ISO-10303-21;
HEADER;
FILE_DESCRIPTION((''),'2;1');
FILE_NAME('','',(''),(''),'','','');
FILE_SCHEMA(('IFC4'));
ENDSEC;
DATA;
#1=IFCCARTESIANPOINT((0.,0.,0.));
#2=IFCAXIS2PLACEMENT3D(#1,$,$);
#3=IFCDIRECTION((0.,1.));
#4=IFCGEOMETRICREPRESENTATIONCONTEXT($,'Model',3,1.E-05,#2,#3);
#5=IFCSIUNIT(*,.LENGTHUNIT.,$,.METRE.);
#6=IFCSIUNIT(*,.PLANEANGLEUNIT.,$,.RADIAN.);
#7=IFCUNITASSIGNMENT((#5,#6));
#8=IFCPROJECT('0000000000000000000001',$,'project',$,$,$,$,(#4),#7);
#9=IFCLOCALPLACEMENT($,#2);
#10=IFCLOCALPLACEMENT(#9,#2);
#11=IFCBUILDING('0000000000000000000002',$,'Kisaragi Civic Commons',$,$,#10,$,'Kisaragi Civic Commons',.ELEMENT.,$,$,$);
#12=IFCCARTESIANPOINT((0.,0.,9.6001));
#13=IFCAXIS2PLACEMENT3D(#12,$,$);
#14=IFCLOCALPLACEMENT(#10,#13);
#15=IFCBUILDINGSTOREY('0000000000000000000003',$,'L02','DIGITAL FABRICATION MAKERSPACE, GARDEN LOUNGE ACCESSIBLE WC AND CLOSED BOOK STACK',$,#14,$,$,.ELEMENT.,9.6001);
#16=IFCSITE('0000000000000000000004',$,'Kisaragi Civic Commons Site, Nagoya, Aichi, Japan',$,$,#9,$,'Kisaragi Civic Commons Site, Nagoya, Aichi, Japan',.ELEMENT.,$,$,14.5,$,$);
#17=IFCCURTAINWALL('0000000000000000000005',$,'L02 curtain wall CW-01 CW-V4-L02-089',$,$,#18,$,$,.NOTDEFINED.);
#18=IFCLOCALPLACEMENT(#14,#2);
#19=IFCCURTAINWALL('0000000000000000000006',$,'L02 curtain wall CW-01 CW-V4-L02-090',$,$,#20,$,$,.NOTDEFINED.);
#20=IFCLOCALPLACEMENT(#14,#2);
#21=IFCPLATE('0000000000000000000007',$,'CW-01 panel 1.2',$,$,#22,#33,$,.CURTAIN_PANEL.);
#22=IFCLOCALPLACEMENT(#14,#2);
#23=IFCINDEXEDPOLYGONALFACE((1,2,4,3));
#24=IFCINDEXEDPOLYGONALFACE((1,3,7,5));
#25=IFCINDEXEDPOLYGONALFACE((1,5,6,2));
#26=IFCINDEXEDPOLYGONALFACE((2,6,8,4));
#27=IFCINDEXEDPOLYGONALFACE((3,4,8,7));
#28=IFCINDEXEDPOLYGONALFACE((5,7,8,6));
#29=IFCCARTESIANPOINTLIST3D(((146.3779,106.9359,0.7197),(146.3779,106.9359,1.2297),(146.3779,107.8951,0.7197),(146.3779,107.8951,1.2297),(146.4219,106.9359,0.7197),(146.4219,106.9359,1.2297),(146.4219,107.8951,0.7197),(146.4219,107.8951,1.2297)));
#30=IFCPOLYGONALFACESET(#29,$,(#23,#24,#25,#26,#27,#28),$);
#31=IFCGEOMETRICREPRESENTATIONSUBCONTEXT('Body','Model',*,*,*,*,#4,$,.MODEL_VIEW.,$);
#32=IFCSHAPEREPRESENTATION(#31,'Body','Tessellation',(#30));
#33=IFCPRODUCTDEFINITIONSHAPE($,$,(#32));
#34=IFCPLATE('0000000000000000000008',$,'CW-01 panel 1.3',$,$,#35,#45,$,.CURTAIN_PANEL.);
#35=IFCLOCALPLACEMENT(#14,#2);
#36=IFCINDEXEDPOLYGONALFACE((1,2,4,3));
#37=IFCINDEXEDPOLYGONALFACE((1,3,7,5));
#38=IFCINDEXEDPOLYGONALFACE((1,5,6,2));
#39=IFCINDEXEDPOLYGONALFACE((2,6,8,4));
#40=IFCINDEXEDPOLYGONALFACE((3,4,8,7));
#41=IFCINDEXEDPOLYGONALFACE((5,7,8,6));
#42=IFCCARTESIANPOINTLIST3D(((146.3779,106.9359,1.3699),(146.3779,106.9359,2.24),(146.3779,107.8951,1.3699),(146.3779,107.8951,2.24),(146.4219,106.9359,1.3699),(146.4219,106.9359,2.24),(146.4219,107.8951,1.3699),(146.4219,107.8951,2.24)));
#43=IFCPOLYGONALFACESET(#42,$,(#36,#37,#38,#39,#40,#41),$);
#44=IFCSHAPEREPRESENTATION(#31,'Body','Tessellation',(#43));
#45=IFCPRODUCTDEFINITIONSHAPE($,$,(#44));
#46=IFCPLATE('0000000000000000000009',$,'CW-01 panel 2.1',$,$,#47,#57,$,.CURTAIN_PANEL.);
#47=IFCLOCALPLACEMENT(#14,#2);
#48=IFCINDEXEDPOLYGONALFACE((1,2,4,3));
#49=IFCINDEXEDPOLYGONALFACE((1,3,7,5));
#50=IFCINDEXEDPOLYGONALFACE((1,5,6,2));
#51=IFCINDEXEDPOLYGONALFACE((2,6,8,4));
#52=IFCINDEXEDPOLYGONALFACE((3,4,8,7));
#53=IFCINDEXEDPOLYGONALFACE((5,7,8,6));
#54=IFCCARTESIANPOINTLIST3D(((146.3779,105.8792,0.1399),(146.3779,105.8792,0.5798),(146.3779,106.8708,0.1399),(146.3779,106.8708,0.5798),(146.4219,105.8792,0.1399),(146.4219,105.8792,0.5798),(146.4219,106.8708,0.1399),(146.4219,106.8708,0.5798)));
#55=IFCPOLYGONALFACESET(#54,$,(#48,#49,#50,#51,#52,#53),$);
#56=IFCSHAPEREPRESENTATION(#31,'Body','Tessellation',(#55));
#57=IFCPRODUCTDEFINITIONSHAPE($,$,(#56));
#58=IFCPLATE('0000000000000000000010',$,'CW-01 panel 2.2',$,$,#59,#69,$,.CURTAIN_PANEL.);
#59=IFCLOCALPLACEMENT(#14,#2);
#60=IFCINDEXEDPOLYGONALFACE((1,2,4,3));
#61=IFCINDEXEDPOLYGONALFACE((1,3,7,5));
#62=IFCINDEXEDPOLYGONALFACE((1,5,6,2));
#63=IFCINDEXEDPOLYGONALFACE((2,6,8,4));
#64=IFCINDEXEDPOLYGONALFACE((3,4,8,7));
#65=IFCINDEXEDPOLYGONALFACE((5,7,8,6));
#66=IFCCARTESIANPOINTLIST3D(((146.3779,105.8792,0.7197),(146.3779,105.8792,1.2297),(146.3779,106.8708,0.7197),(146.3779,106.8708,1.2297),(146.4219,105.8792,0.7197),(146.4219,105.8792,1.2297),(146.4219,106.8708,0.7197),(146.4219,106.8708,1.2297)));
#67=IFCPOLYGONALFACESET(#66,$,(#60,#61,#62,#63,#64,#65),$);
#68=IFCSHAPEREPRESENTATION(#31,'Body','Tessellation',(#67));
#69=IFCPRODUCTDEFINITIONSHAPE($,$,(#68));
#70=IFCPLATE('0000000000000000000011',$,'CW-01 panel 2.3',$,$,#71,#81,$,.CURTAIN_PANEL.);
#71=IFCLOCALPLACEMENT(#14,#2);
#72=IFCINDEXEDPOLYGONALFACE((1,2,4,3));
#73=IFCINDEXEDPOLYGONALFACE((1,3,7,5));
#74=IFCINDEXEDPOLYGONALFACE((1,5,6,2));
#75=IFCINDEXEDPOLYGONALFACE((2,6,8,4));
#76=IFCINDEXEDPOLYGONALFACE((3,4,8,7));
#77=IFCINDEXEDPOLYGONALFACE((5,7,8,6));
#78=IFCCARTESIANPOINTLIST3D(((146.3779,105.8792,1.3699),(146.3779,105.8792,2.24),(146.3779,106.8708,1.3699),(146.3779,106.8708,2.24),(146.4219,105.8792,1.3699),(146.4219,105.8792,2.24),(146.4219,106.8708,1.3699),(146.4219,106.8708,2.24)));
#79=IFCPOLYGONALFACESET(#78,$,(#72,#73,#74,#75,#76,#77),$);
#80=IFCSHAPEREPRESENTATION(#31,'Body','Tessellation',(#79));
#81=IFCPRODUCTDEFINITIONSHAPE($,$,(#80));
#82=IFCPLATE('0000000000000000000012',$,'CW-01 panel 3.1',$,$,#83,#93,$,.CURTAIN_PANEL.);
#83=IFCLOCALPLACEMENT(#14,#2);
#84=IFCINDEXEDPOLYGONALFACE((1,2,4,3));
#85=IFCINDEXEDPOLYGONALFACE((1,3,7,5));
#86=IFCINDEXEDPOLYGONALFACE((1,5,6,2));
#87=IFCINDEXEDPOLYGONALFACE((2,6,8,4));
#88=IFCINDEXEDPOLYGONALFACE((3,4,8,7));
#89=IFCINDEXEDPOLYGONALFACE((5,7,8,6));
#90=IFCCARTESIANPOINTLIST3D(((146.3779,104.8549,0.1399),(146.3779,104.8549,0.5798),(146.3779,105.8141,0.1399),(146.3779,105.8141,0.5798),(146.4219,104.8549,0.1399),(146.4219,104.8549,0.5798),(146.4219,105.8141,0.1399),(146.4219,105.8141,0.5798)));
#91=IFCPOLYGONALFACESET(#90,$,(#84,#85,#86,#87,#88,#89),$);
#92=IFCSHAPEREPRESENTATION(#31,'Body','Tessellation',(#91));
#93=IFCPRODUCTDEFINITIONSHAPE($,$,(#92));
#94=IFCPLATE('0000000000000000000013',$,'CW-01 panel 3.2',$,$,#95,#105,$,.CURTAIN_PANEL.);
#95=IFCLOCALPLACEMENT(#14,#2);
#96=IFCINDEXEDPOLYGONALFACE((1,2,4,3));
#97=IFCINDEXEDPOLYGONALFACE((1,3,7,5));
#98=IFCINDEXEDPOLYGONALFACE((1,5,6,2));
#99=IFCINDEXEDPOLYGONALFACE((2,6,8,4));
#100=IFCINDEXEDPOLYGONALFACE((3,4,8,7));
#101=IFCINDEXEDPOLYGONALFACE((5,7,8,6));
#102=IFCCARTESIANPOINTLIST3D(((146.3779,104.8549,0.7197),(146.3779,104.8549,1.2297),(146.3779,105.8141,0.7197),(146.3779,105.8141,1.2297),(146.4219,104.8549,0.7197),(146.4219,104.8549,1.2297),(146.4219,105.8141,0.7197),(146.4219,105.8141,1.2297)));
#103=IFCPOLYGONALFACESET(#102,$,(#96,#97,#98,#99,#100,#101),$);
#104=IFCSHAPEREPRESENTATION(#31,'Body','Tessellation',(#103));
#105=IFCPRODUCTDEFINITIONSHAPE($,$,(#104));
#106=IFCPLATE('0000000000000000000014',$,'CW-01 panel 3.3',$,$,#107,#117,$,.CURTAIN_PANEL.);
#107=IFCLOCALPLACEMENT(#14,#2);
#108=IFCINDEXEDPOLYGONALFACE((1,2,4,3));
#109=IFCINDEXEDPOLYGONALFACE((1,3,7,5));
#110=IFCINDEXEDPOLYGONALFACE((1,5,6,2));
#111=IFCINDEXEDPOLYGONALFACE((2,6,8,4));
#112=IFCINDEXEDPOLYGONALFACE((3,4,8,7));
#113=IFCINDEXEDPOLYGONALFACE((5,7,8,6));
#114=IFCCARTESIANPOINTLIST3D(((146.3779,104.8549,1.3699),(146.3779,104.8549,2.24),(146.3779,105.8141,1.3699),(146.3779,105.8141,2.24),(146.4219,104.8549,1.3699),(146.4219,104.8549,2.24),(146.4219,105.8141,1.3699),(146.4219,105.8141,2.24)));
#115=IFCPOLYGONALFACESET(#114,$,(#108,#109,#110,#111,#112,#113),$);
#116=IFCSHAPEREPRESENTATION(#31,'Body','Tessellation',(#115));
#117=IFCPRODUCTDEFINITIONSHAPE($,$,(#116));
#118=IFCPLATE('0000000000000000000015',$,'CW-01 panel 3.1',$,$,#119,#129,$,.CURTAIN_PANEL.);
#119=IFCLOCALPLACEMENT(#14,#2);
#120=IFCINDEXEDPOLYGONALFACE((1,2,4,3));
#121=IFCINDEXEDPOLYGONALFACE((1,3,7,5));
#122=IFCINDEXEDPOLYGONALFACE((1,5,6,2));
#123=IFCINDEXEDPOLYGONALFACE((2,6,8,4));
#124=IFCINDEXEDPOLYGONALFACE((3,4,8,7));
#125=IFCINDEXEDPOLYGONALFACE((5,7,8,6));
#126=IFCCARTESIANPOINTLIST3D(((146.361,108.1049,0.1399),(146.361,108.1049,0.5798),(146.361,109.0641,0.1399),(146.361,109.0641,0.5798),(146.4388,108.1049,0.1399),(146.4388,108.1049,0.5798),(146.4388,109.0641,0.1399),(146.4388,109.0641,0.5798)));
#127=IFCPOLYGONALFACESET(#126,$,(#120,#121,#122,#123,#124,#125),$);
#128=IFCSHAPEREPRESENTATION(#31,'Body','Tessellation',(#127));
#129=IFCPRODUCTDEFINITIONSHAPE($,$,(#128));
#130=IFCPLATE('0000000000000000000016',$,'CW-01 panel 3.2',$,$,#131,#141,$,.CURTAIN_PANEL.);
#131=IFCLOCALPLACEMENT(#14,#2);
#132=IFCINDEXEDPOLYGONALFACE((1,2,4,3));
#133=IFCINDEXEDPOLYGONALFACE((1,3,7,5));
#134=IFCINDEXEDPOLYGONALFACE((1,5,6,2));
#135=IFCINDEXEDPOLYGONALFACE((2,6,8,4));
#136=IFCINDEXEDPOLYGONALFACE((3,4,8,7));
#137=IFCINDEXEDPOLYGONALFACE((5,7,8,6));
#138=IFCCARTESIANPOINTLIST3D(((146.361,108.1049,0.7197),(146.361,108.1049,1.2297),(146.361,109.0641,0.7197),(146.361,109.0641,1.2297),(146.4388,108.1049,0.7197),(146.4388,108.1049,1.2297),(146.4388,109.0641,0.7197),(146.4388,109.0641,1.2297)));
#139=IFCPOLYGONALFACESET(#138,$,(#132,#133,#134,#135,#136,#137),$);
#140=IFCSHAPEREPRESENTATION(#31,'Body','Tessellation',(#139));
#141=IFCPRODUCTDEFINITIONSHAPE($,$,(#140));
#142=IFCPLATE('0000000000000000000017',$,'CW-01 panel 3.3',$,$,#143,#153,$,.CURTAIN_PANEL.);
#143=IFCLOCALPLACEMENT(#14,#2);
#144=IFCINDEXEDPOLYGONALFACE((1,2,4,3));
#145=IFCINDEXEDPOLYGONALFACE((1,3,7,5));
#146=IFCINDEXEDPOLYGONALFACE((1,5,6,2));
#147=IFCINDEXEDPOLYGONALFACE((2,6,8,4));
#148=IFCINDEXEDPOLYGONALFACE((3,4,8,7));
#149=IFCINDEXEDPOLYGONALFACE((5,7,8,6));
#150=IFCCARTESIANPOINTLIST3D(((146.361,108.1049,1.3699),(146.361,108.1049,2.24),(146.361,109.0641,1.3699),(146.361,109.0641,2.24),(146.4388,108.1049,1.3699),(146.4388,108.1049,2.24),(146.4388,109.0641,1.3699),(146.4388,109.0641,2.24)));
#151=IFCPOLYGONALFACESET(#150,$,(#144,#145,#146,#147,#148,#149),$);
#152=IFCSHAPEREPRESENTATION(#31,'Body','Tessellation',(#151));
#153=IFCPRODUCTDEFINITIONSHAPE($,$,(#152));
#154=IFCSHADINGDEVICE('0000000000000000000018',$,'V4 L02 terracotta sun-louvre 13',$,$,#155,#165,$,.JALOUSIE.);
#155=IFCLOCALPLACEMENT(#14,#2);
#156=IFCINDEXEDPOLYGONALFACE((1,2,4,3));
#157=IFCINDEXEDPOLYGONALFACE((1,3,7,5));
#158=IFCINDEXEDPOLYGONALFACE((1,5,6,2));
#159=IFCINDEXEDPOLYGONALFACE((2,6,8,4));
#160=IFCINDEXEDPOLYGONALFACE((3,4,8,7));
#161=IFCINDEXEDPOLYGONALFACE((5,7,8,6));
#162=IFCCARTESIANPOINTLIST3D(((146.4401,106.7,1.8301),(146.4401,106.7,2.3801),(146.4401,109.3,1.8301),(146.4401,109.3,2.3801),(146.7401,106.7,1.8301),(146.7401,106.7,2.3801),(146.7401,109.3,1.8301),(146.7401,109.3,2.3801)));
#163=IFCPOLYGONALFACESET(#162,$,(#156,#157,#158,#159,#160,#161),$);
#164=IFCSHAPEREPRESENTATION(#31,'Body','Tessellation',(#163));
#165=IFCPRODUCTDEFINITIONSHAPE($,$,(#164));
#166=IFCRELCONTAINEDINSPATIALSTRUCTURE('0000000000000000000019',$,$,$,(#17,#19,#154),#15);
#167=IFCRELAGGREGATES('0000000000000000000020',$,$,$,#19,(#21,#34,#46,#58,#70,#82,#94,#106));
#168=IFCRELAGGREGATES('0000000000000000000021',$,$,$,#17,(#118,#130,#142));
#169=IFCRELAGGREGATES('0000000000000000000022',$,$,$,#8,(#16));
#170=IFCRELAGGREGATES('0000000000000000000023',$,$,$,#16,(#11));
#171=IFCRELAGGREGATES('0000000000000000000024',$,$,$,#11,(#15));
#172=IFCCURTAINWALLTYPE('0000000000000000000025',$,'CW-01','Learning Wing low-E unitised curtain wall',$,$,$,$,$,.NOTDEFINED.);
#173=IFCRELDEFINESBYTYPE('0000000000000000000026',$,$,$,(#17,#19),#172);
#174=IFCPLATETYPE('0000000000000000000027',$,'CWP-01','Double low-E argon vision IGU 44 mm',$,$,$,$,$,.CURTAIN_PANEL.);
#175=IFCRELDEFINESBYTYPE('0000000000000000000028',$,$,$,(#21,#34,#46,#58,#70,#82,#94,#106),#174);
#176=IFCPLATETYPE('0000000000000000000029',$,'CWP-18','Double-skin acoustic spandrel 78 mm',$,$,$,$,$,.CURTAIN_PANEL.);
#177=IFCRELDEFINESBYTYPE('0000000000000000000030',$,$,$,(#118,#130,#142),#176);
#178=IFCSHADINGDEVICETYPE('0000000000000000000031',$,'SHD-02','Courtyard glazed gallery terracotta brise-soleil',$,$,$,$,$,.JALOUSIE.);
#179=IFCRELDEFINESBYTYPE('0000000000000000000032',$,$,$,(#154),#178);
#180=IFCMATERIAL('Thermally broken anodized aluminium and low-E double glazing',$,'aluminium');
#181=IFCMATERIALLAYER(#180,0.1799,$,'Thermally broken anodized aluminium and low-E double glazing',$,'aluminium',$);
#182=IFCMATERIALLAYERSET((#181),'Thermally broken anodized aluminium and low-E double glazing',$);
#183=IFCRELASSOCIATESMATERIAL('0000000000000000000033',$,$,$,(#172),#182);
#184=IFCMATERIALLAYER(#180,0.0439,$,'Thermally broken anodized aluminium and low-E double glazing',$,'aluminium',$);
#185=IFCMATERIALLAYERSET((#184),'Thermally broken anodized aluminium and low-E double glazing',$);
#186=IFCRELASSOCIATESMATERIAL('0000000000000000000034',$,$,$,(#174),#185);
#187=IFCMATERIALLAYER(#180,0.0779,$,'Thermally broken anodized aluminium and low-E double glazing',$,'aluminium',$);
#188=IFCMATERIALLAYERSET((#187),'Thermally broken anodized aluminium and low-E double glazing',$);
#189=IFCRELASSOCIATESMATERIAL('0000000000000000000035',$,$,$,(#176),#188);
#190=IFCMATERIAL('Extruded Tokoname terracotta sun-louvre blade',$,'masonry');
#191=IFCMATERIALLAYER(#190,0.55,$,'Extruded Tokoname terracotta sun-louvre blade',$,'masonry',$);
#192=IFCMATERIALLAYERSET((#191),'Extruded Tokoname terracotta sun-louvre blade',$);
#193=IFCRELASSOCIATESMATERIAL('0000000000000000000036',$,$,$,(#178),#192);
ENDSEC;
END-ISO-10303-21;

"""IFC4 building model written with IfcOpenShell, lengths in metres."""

from ifc_helpers import new_model, si_unit, direction, frame, origin, origin_2d, place, context, subcontext, project, spatial, rectangle, extrude, material, layer, layer_set, type_object, element, aggregate, save


model = new_model("IFC4")

# Units and contexts
model_context = context("Model", 3, precision=1e-05, world=origin(), true_north=direction((0.0, 1.0)))
body_context = subcontext(model_context, "Body", "Model", "MODEL_VIEW")
ifc_project = project(units=[si_unit("LENGTHUNIT", "METRE"), si_unit("PLANEANGLEUNIT", "RADIAN")], contexts=[model_context])

# Site, building, storey
site_placement = place(None, origin())
site = spatial("IfcSite", under=ifc_project, at=site_placement, Name="Kisaragi Civic Commons Site, Nagoya, Aichi, Japan", LongName="Kisaragi Civic Commons Site, Nagoya, Aichi, Japan", CompositionType="ELEMENT", RefElevation=14.5)
building_placement = place(site_placement, origin())
building = spatial("IfcBuilding", under=site, at=building_placement, Name="Kisaragi Civic Commons", LongName="Kisaragi Civic Commons", CompositionType="ELEMENT")
storey_placement = place(building_placement, frame((0.0, 0.0, 9.6001)))
storey = spatial("IfcBuildingStorey", under=building, at=storey_placement, Name="L02", Description="DIGITAL FABRICATION MAKERSPACE, GARDEN LOUNGE ACCESSIBLE WC AND CLOSED BOOK STACK", CompositionType="ELEMENT", Elevation=9.6001)

# Curtain wall
ifc_material_1 = material(Name="Thermally broken anodized aluminium and low-E double glazing", Category="aluminium")
ifc_layer_1 = layer(ifc_material_1, 0.1799, Name="Thermally broken anodized aluminium and low-E double glazing", Category="aluminium")
ifc_layer_set_1 = layer_set([ifc_layer_1], Name="Thermally broken anodized aluminium and low-E double glazing")
curtain_wall_type = type_object("IfcCurtainWallType", Name="CW-01", Description="Learning Wing low-E unitised curtain wall", PredefinedType="NOTDEFINED", material=ifc_layer_set_1)
curtain_wall_1_placement = place(storey_placement, origin())
curtain_wall_1 = element("IfcCurtainWall", 1, at=curtain_wall_1_placement, inside=storey, type_object=curtain_wall_type, Name="L02 curtain wall CW-01 CW-V4-L02-089", PredefinedType="NOTDEFINED")

# Curtain wall
curtain_wall_2_placement = place(storey_placement, origin())
curtain_wall_2 = element("IfcCurtainWall", 2, at=curtain_wall_2_placement, inside=storey, type_object=curtain_wall_type, Name="L02 curtain wall CW-01 CW-V4-L02-090", PredefinedType="NOTDEFINED")

# Plates
ifc_layer_2 = layer(ifc_material_1, 0.0439, Name="Thermally broken anodized aluminium and low-E double glazing", Category="aluminium")
ifc_layer_set_2 = layer_set([ifc_layer_2], Name="Thermally broken anodized aluminium and low-E double glazing")
plate_type_1 = type_object("IfcPlateType", Name="CWP-01", Description="Double low-E argon vision IGU 44 mm", PredefinedType="CURTAIN_PANEL", material=ifc_layer_set_2)
plate_1_placement = place(storey_placement, frame((146.3999, 107.4155, 0.7197), z_axis=(0.0, 0.0, 1.0), x_axis=(0.0, -1.0, 0.0)))
plate_1 = element("IfcPlate", 3, at=plate_1_placement, type_object=plate_type_1, Name="CW-01 panel 1.2", PredefinedType="CURTAIN_PANEL", context=body_context, shape_type="SweptSolid", body=[
    extrude(rectangle(XDim=0.9592, YDim=0.0439, at=origin_2d()), origin(), (0.0, 0.0, 1.0), 0.51),
])
plate_2_placement = place(storey_placement, frame((146.3999, 107.4155, 1.3699), z_axis=(0.0, 0.0, 1.0), x_axis=(0.0, -1.0, 0.0)))
plate_2 = element("IfcPlate", 4, at=plate_2_placement, type_object=plate_type_1, Name="CW-01 panel 1.3", PredefinedType="CURTAIN_PANEL", context=body_context, shape_type="SweptSolid", body=[
    extrude(rectangle(XDim=0.9592, YDim=0.0439, at=origin_2d()), origin(), (0.0, 0.0, 1.0), 0.8701),
])
plate_3_placement = place(storey_placement, frame((146.3999, 106.375, 0.1399), z_axis=(0.0, 0.0, 1.0), x_axis=(0.0, -1.0, 0.0)))
plate_3 = element("IfcPlate", 5, at=plate_3_placement, type_object=plate_type_1, Name="CW-01 panel 2.1", PredefinedType="CURTAIN_PANEL", context=body_context, shape_type="SweptSolid", body=[
    extrude(rectangle(XDim=0.9917, YDim=0.0439, at=origin_2d()), origin(), (0.0, 0.0, 1.0), 0.4399),
])
plate_4_placement = place(storey_placement, frame((146.3999, 106.375, 0.7197), z_axis=(0.0, 0.0, 1.0), x_axis=(0.0, -1.0, 0.0)))
plate_4 = element("IfcPlate", 6, at=plate_4_placement, type_object=plate_type_1, Name="CW-01 panel 2.2", PredefinedType="CURTAIN_PANEL", context=body_context, shape_type="SweptSolid", body=[
    extrude(rectangle(XDim=0.9917, YDim=0.0439, at=origin_2d()), origin(), (0.0, 0.0, 1.0), 0.51),
])
plate_5_placement = place(storey_placement, frame((146.3999, 106.375, 1.3699), z_axis=(0.0, 0.0, 1.0), x_axis=(0.0, -1.0, 0.0)))
plate_5 = element("IfcPlate", 7, at=plate_5_placement, type_object=plate_type_1, Name="CW-01 panel 2.3", PredefinedType="CURTAIN_PANEL", context=body_context, shape_type="SweptSolid", body=[
    extrude(rectangle(XDim=0.9917, YDim=0.0439, at=origin_2d()), origin(), (0.0, 0.0, 1.0), 0.8701),
])
plate_6_placement = place(storey_placement, frame((146.3999, 105.3345, 0.1399), z_axis=(0.0, 0.0, 1.0), x_axis=(0.0, -1.0, 0.0)))
plate_6 = element("IfcPlate", 8, at=plate_6_placement, type_object=plate_type_1, Name="CW-01 panel 3.1", PredefinedType="CURTAIN_PANEL", context=body_context, shape_type="SweptSolid", body=[
    extrude(rectangle(XDim=0.9592, YDim=0.0439, at=origin_2d()), origin(), (0.0, 0.0, 1.0), 0.4399),
])
plate_7_placement = place(storey_placement, frame((146.3999, 105.3345, 0.7197), z_axis=(0.0, 0.0, 1.0), x_axis=(0.0, -1.0, 0.0)))
plate_7 = element("IfcPlate", 9, at=plate_7_placement, type_object=plate_type_1, Name="CW-01 panel 3.2", PredefinedType="CURTAIN_PANEL", context=body_context, shape_type="SweptSolid", body=[
    extrude(rectangle(XDim=0.9592, YDim=0.0439, at=origin_2d()), origin(), (0.0, 0.0, 1.0), 0.51),
])
plate_8_placement = place(storey_placement, frame((146.3999, 105.3345, 1.3699), z_axis=(0.0, 0.0, 1.0), x_axis=(0.0, -1.0, 0.0)))
plate_8 = element("IfcPlate", 10, at=plate_8_placement, type_object=plate_type_1, Name="CW-01 panel 3.3", PredefinedType="CURTAIN_PANEL", context=body_context, shape_type="SweptSolid", body=[
    extrude(rectangle(XDim=0.9592, YDim=0.0439, at=origin_2d()), origin(), (0.0, 0.0, 1.0), 0.8701),
])
aggregate(curtain_wall_2, [plate_1, plate_2, plate_3, plate_4, plate_5, plate_6, plate_7, plate_8])
ifc_layer_3 = layer(ifc_material_1, 0.0779, Name="Thermally broken anodized aluminium and low-E double glazing", Category="aluminium")
ifc_layer_set_3 = layer_set([ifc_layer_3], Name="Thermally broken anodized aluminium and low-E double glazing")
plate_type_2 = type_object("IfcPlateType", Name="CWP-18", Description="Double-skin acoustic spandrel 78 mm", PredefinedType="CURTAIN_PANEL", material=ifc_layer_set_3)
plate_9_placement = place(storey_placement, frame((146.3999, 108.5845, 0.1399), z_axis=(0.0, 0.0, 1.0), x_axis=(0.0, -1.0, 0.0)))
plate_9 = element("IfcPlate", 11, at=plate_9_placement, type_object=plate_type_2, Name="CW-01 panel 3.1", PredefinedType="CURTAIN_PANEL", context=body_context, shape_type="SweptSolid", body=[
    extrude(rectangle(XDim=0.9592, YDim=0.0779, at=origin_2d()), origin(), (0.0, 0.0, 1.0), 0.4399),
])
plate_10_placement = place(storey_placement, frame((146.3999, 108.5845, 0.7197), z_axis=(0.0, 0.0, 1.0), x_axis=(0.0, -1.0, 0.0)))
plate_10 = element("IfcPlate", 12, at=plate_10_placement, type_object=plate_type_2, Name="CW-01 panel 3.2", PredefinedType="CURTAIN_PANEL", context=body_context, shape_type="SweptSolid", body=[
    extrude(rectangle(XDim=0.9592, YDim=0.0779, at=origin_2d()), origin(), (0.0, 0.0, 1.0), 0.51),
])
plate_11_placement = place(storey_placement, frame((146.3999, 108.5845, 1.3699), z_axis=(0.0, 0.0, 1.0), x_axis=(0.0, -1.0, 0.0)))
plate_11 = element("IfcPlate", 13, at=plate_11_placement, type_object=plate_type_2, Name="CW-01 panel 3.3", PredefinedType="CURTAIN_PANEL", context=body_context, shape_type="SweptSolid", body=[
    extrude(rectangle(XDim=0.9592, YDim=0.0779, at=origin_2d()), origin(), (0.0, 0.0, 1.0), 0.8701),
])
aggregate(curtain_wall_1, [plate_9, plate_10, plate_11])

# Shading device
ifc_material_2 = material(Name="Extruded Tokoname terracotta sun-louvre blade", Category="masonry")
ifc_layer_4 = layer(ifc_material_2, 0.55, Name="Extruded Tokoname terracotta sun-louvre blade", Category="masonry")
ifc_layer_set_4 = layer_set([ifc_layer_4], Name="Extruded Tokoname terracotta sun-louvre blade")
shading_device_type = type_object("IfcShadingDeviceType", Name="SHD-02", Description="Courtyard glazed gallery terracotta brise-soleil", PredefinedType="JALOUSIE", material=ifc_layer_set_4)
shading_device_placement = place(storey_placement, frame((146.5901, 108.0, 1.8301), z_axis=(0.0, 0.0, 1.0), x_axis=(0.0, -1.0, 0.0)))
element("IfcShadingDevice", 14, at=shading_device_placement, inside=storey, type_object=shading_device_type, Name="V4 L02 terracotta sun-louvre 13", PredefinedType="JALOUSIE", context=body_context, shape_type="SweptSolid", body=[
    extrude(rectangle(XDim=2.6001, YDim=0.3, at=origin_2d()), origin(), (0.0, 0.0, 1.0), 0.55),
])

save(model, "model.ifc")
